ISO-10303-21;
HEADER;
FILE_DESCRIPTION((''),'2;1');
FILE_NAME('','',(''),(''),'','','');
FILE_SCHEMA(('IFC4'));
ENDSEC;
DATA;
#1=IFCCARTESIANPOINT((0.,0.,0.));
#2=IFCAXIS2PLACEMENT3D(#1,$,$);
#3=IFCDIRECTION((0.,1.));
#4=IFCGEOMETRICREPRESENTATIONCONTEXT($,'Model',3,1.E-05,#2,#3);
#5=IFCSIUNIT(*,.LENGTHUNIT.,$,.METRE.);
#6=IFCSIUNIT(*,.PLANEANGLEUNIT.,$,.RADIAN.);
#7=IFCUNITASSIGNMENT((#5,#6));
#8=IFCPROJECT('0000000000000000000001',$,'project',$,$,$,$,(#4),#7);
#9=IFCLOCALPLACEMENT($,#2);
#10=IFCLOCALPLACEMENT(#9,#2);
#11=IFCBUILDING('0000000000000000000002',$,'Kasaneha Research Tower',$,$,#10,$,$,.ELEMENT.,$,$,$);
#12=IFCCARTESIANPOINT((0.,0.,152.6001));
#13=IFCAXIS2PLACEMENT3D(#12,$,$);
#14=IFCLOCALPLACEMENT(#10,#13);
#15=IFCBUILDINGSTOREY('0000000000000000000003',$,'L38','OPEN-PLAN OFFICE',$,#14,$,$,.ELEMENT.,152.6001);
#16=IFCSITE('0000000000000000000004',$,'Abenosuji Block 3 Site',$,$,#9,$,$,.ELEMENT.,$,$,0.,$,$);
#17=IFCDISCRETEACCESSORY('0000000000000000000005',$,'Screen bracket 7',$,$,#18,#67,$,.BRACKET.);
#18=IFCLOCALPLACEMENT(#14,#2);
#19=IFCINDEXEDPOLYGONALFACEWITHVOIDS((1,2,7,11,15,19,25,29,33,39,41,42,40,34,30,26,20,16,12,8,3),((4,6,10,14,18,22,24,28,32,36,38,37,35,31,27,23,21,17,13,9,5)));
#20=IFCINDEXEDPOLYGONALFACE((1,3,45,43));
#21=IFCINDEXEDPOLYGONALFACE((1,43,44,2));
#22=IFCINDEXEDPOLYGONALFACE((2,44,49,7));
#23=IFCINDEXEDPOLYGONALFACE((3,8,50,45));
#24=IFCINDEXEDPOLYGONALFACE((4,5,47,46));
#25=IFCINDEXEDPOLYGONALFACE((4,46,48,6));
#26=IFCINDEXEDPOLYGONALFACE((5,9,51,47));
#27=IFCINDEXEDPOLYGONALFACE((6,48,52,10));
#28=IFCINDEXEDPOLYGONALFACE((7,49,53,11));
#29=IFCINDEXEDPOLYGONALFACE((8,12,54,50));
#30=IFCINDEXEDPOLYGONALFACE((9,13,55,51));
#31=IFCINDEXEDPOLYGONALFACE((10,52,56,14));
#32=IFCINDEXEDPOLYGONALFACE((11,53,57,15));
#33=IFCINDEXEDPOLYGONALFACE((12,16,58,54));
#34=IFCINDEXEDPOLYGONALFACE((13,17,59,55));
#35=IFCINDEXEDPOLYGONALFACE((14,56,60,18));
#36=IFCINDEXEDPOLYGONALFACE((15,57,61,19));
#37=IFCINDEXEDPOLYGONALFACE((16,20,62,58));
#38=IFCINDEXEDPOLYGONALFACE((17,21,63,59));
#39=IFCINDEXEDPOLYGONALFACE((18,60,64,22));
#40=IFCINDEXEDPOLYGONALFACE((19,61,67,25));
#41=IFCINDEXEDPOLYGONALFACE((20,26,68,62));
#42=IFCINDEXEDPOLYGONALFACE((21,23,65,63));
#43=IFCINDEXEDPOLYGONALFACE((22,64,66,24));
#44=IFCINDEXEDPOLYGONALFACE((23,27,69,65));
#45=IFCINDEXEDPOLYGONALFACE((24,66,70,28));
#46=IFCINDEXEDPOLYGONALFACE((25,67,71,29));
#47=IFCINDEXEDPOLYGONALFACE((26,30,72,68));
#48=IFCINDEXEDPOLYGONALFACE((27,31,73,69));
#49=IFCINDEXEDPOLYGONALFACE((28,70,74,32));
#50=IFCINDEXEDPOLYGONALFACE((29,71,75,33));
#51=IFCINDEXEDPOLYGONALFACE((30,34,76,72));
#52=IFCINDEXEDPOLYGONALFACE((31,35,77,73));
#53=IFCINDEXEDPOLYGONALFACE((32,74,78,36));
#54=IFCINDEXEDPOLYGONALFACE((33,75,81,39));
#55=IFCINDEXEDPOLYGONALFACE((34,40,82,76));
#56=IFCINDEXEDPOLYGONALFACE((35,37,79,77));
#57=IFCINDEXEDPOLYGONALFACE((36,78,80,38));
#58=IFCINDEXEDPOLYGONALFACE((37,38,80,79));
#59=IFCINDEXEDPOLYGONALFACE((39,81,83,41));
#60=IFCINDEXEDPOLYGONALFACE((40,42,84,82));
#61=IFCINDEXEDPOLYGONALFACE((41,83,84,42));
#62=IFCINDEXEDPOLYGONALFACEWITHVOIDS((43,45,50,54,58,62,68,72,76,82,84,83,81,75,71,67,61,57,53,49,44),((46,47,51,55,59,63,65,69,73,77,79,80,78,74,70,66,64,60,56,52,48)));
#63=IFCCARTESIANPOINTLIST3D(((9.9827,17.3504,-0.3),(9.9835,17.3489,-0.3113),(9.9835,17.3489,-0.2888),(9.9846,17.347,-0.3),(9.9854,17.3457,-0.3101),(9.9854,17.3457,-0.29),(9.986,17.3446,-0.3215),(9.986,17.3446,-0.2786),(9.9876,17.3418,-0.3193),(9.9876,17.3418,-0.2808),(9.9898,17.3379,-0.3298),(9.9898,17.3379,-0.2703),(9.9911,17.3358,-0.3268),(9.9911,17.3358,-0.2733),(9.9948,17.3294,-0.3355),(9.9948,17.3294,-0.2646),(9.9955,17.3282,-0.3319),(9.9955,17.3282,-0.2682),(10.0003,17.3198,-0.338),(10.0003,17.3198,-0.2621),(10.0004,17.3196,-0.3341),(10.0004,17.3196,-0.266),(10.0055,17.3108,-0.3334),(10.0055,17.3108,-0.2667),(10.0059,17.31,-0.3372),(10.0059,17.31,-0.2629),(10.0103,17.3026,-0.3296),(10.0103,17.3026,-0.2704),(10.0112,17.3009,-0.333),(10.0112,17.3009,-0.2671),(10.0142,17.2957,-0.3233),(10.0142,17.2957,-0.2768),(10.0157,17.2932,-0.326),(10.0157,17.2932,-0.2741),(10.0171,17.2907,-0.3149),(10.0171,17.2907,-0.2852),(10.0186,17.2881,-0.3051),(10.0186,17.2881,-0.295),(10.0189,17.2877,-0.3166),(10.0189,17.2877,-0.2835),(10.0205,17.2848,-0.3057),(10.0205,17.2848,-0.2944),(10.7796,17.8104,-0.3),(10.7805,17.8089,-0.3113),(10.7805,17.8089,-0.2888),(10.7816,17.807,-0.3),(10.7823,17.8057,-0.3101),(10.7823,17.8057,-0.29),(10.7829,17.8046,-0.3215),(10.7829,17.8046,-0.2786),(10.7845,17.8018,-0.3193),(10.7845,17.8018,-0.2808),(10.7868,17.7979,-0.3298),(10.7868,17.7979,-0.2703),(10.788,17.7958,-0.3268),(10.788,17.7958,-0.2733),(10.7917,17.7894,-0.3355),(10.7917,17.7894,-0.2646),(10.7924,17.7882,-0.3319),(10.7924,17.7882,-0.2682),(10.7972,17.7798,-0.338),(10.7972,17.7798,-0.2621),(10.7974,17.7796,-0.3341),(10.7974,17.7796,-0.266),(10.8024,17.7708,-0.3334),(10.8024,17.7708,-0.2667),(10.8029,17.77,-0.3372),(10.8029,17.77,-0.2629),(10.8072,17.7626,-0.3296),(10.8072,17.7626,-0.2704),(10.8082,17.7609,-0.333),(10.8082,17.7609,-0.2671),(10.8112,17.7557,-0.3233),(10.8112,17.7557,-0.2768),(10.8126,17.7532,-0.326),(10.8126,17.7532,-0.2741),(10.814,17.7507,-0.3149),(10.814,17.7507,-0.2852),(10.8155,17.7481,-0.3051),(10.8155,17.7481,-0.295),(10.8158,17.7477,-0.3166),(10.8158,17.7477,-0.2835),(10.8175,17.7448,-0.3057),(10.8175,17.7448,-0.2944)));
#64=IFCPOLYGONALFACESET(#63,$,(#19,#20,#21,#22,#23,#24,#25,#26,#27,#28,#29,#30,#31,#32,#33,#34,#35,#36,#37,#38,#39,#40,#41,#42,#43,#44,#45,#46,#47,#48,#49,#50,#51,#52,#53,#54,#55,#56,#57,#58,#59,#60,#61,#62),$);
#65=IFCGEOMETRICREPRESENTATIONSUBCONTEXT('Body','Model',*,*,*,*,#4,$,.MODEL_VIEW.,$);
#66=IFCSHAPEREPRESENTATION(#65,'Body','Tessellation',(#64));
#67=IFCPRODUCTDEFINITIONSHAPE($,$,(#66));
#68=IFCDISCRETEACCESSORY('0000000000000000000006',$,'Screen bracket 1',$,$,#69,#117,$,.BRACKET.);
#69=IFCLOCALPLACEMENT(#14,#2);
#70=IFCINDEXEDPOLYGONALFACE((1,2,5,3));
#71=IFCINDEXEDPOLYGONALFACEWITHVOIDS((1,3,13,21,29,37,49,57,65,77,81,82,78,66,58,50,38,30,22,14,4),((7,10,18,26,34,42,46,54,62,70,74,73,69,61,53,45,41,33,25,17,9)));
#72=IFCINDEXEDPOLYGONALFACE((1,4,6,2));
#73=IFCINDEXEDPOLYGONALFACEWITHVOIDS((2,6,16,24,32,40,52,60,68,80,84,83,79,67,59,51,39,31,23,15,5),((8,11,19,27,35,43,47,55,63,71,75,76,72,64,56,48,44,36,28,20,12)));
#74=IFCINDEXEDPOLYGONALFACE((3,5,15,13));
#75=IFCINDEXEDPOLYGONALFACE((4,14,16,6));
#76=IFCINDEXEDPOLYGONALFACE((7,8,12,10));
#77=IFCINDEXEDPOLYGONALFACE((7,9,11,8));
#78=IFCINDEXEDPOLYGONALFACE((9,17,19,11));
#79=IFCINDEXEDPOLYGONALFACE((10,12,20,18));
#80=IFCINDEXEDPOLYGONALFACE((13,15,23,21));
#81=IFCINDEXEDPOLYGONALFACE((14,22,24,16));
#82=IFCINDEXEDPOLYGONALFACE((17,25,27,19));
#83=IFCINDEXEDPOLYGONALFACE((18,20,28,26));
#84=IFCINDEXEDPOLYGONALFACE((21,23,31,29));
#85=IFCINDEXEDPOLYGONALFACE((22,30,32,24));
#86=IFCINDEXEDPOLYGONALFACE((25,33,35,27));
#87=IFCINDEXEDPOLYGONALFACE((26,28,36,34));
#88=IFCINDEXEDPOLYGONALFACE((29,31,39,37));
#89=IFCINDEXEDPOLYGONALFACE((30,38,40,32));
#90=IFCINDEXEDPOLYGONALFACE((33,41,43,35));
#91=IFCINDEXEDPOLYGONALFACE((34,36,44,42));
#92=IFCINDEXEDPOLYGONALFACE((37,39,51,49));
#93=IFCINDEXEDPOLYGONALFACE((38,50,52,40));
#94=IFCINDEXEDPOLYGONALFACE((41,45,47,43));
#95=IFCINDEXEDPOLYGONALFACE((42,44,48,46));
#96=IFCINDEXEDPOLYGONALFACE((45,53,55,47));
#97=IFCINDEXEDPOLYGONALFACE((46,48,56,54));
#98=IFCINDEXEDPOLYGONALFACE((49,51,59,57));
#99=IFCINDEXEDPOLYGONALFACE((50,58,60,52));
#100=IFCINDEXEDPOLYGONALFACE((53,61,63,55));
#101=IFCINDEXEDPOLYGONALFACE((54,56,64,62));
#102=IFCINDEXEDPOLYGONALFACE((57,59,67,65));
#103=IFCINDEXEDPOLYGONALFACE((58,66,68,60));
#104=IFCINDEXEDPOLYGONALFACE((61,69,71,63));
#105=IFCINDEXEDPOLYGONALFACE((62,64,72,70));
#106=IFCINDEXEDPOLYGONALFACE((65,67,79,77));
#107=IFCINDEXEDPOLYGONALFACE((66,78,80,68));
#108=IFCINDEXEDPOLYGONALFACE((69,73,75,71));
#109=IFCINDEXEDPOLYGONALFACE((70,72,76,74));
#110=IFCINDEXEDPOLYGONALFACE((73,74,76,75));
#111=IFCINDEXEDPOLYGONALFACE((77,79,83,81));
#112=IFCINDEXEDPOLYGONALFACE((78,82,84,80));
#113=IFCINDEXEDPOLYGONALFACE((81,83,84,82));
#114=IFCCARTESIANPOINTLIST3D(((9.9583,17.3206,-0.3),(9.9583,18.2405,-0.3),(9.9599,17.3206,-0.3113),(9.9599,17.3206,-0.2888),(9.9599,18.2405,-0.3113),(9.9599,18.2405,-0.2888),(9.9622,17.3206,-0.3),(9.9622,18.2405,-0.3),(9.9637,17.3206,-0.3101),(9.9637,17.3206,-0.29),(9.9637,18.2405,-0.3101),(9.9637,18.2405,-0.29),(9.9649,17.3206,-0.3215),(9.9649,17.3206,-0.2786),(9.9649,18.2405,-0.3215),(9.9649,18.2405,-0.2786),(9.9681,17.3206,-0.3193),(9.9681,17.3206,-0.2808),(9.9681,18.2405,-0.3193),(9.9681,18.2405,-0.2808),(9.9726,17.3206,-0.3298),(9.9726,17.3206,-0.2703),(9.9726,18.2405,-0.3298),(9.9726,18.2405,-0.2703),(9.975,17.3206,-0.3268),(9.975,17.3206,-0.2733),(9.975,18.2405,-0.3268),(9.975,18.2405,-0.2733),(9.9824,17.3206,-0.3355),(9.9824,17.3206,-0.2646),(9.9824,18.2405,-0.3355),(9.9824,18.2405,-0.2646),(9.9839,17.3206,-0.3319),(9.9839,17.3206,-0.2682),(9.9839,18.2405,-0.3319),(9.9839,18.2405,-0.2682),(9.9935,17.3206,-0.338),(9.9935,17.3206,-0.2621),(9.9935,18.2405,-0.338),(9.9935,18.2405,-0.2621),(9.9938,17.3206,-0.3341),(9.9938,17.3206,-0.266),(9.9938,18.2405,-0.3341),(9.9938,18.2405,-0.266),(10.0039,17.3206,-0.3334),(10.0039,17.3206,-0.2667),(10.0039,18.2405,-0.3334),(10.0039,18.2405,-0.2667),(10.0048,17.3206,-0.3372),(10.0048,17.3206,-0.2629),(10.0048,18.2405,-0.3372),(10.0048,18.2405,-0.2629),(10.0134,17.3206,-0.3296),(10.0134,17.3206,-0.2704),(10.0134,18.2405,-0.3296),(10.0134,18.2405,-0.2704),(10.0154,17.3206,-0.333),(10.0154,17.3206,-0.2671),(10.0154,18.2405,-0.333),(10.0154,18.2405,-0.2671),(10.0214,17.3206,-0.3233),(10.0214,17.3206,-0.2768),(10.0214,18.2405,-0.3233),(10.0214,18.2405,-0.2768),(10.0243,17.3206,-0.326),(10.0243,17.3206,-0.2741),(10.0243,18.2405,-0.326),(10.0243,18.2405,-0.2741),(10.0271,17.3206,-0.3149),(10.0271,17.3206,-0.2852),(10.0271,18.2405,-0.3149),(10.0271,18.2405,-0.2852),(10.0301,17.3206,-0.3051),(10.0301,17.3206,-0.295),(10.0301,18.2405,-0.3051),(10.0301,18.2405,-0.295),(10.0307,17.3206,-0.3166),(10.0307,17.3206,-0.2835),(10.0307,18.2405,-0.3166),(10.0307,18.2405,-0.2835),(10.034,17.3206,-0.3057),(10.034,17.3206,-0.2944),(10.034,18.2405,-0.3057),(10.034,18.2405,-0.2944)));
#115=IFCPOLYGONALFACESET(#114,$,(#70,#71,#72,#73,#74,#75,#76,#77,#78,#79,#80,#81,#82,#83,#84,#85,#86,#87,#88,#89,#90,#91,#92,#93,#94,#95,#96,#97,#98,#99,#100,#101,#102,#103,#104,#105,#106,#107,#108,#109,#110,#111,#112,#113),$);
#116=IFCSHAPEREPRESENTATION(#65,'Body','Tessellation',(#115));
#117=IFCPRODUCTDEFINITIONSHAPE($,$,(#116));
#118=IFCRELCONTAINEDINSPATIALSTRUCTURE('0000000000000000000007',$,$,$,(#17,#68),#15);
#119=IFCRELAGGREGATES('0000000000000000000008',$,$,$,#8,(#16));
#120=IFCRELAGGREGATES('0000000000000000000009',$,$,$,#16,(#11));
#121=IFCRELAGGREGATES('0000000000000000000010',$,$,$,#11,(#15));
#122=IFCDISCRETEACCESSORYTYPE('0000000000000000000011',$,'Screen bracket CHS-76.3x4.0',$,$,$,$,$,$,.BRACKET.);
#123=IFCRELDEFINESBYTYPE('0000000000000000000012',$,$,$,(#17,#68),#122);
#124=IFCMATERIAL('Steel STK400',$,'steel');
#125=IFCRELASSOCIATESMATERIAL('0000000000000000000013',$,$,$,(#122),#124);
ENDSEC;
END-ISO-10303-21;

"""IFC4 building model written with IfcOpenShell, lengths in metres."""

from ifc_helpers import new_model, si_unit, direction, frame, origin, origin_2d, place, context, subcontext, project, spatial, hollow_circle, extrude, material, material_profile, profile_set, type_object, element, save


model = new_model("IFC4")

# Units and contexts
model_context = context("Model", 3, precision=1e-05, world=origin(), true_north=direction((0.0, 1.0)))
body_context = subcontext(model_context, "Body", "Model", "MODEL_VIEW")
ifc_project = project(units=[si_unit("LENGTHUNIT", "METRE"), si_unit("PLANEANGLEUNIT", "RADIAN")], contexts=[model_context])

# Site, building, storey
site_placement = place(None, origin())
site = spatial("IfcSite", under=ifc_project, at=site_placement, Name="Abenosuji Block 3 Site", CompositionType="ELEMENT", RefElevation=0.0)
building_placement = place(site_placement, origin())
building = spatial("IfcBuilding", under=site, at=building_placement, Name="Kasaneha Research Tower", CompositionType="ELEMENT")
storey_placement = place(building_placement, frame((0.0, 0.0, 152.6001)))
storey = spatial("IfcBuildingStorey", under=building, at=storey_placement, Name="L38", Description="OPEN-PLAN OFFICE", CompositionType="ELEMENT", Elevation=152.6001)

# Discrete accessories
ifc_material_1 = material(Name="Steel STK400", Category="steel")
ifc_material_profile_1 = material_profile(ifc_material_1, hollow_circle(Radius=0.0381, WallThickness=0.0039, at=origin_2d()), Name="CHS-76.3x4.0")
ifc_profile_set_1 = profile_set([ifc_material_profile_1], Name="Steel STK400")
discrete_accessory_type = type_object("IfcDiscreteAccessoryType", Name="Screen bracket CHS-76.3x4.0", PredefinedType="BRACKET", material=ifc_profile_set_1)
for number, where, z_axis, x_axis, name in (
    (1, (10.0017, 17.3174, -0.3), (0.86608, 0.499906, 0.0), (-0.499906, 0.86608, 0.0), "Screen bracket 7"),
):
    element("IfcDiscreteAccessory", number, at=place(storey_placement, frame(where, z_axis=z_axis, x_axis=x_axis)), inside=storey, type_object=discrete_accessory_type, Name=name, PredefinedType="BRACKET", context=body_context, shape_type="SweptSolid", body=[
        extrude(hollow_circle(Radius=0.0381, WallThickness=0.0039, at=origin_2d()), origin(), (0.0, 0.0, 1.0), 0.9202),
    ])
discrete_accessory_placement = place(storey_placement, frame((9.9963, 17.3206, -0.3), z_axis=(0.0, 1.0, 0.0), x_axis=(-1.0, 0.0, 0.0)))
element("IfcDiscreteAccessory", 2, at=discrete_accessory_placement, inside=storey, type_object=discrete_accessory_type, Name="Screen bracket 1", PredefinedType="BRACKET", context=body_context, shape_type="SweptSolid", body=[
    extrude(hollow_circle(Radius=0.0381, WallThickness=0.0039, at=origin_2d()), origin(), (0.0, 0.0, 1.0), 0.9199),
])

save(model, "model.ifc")
